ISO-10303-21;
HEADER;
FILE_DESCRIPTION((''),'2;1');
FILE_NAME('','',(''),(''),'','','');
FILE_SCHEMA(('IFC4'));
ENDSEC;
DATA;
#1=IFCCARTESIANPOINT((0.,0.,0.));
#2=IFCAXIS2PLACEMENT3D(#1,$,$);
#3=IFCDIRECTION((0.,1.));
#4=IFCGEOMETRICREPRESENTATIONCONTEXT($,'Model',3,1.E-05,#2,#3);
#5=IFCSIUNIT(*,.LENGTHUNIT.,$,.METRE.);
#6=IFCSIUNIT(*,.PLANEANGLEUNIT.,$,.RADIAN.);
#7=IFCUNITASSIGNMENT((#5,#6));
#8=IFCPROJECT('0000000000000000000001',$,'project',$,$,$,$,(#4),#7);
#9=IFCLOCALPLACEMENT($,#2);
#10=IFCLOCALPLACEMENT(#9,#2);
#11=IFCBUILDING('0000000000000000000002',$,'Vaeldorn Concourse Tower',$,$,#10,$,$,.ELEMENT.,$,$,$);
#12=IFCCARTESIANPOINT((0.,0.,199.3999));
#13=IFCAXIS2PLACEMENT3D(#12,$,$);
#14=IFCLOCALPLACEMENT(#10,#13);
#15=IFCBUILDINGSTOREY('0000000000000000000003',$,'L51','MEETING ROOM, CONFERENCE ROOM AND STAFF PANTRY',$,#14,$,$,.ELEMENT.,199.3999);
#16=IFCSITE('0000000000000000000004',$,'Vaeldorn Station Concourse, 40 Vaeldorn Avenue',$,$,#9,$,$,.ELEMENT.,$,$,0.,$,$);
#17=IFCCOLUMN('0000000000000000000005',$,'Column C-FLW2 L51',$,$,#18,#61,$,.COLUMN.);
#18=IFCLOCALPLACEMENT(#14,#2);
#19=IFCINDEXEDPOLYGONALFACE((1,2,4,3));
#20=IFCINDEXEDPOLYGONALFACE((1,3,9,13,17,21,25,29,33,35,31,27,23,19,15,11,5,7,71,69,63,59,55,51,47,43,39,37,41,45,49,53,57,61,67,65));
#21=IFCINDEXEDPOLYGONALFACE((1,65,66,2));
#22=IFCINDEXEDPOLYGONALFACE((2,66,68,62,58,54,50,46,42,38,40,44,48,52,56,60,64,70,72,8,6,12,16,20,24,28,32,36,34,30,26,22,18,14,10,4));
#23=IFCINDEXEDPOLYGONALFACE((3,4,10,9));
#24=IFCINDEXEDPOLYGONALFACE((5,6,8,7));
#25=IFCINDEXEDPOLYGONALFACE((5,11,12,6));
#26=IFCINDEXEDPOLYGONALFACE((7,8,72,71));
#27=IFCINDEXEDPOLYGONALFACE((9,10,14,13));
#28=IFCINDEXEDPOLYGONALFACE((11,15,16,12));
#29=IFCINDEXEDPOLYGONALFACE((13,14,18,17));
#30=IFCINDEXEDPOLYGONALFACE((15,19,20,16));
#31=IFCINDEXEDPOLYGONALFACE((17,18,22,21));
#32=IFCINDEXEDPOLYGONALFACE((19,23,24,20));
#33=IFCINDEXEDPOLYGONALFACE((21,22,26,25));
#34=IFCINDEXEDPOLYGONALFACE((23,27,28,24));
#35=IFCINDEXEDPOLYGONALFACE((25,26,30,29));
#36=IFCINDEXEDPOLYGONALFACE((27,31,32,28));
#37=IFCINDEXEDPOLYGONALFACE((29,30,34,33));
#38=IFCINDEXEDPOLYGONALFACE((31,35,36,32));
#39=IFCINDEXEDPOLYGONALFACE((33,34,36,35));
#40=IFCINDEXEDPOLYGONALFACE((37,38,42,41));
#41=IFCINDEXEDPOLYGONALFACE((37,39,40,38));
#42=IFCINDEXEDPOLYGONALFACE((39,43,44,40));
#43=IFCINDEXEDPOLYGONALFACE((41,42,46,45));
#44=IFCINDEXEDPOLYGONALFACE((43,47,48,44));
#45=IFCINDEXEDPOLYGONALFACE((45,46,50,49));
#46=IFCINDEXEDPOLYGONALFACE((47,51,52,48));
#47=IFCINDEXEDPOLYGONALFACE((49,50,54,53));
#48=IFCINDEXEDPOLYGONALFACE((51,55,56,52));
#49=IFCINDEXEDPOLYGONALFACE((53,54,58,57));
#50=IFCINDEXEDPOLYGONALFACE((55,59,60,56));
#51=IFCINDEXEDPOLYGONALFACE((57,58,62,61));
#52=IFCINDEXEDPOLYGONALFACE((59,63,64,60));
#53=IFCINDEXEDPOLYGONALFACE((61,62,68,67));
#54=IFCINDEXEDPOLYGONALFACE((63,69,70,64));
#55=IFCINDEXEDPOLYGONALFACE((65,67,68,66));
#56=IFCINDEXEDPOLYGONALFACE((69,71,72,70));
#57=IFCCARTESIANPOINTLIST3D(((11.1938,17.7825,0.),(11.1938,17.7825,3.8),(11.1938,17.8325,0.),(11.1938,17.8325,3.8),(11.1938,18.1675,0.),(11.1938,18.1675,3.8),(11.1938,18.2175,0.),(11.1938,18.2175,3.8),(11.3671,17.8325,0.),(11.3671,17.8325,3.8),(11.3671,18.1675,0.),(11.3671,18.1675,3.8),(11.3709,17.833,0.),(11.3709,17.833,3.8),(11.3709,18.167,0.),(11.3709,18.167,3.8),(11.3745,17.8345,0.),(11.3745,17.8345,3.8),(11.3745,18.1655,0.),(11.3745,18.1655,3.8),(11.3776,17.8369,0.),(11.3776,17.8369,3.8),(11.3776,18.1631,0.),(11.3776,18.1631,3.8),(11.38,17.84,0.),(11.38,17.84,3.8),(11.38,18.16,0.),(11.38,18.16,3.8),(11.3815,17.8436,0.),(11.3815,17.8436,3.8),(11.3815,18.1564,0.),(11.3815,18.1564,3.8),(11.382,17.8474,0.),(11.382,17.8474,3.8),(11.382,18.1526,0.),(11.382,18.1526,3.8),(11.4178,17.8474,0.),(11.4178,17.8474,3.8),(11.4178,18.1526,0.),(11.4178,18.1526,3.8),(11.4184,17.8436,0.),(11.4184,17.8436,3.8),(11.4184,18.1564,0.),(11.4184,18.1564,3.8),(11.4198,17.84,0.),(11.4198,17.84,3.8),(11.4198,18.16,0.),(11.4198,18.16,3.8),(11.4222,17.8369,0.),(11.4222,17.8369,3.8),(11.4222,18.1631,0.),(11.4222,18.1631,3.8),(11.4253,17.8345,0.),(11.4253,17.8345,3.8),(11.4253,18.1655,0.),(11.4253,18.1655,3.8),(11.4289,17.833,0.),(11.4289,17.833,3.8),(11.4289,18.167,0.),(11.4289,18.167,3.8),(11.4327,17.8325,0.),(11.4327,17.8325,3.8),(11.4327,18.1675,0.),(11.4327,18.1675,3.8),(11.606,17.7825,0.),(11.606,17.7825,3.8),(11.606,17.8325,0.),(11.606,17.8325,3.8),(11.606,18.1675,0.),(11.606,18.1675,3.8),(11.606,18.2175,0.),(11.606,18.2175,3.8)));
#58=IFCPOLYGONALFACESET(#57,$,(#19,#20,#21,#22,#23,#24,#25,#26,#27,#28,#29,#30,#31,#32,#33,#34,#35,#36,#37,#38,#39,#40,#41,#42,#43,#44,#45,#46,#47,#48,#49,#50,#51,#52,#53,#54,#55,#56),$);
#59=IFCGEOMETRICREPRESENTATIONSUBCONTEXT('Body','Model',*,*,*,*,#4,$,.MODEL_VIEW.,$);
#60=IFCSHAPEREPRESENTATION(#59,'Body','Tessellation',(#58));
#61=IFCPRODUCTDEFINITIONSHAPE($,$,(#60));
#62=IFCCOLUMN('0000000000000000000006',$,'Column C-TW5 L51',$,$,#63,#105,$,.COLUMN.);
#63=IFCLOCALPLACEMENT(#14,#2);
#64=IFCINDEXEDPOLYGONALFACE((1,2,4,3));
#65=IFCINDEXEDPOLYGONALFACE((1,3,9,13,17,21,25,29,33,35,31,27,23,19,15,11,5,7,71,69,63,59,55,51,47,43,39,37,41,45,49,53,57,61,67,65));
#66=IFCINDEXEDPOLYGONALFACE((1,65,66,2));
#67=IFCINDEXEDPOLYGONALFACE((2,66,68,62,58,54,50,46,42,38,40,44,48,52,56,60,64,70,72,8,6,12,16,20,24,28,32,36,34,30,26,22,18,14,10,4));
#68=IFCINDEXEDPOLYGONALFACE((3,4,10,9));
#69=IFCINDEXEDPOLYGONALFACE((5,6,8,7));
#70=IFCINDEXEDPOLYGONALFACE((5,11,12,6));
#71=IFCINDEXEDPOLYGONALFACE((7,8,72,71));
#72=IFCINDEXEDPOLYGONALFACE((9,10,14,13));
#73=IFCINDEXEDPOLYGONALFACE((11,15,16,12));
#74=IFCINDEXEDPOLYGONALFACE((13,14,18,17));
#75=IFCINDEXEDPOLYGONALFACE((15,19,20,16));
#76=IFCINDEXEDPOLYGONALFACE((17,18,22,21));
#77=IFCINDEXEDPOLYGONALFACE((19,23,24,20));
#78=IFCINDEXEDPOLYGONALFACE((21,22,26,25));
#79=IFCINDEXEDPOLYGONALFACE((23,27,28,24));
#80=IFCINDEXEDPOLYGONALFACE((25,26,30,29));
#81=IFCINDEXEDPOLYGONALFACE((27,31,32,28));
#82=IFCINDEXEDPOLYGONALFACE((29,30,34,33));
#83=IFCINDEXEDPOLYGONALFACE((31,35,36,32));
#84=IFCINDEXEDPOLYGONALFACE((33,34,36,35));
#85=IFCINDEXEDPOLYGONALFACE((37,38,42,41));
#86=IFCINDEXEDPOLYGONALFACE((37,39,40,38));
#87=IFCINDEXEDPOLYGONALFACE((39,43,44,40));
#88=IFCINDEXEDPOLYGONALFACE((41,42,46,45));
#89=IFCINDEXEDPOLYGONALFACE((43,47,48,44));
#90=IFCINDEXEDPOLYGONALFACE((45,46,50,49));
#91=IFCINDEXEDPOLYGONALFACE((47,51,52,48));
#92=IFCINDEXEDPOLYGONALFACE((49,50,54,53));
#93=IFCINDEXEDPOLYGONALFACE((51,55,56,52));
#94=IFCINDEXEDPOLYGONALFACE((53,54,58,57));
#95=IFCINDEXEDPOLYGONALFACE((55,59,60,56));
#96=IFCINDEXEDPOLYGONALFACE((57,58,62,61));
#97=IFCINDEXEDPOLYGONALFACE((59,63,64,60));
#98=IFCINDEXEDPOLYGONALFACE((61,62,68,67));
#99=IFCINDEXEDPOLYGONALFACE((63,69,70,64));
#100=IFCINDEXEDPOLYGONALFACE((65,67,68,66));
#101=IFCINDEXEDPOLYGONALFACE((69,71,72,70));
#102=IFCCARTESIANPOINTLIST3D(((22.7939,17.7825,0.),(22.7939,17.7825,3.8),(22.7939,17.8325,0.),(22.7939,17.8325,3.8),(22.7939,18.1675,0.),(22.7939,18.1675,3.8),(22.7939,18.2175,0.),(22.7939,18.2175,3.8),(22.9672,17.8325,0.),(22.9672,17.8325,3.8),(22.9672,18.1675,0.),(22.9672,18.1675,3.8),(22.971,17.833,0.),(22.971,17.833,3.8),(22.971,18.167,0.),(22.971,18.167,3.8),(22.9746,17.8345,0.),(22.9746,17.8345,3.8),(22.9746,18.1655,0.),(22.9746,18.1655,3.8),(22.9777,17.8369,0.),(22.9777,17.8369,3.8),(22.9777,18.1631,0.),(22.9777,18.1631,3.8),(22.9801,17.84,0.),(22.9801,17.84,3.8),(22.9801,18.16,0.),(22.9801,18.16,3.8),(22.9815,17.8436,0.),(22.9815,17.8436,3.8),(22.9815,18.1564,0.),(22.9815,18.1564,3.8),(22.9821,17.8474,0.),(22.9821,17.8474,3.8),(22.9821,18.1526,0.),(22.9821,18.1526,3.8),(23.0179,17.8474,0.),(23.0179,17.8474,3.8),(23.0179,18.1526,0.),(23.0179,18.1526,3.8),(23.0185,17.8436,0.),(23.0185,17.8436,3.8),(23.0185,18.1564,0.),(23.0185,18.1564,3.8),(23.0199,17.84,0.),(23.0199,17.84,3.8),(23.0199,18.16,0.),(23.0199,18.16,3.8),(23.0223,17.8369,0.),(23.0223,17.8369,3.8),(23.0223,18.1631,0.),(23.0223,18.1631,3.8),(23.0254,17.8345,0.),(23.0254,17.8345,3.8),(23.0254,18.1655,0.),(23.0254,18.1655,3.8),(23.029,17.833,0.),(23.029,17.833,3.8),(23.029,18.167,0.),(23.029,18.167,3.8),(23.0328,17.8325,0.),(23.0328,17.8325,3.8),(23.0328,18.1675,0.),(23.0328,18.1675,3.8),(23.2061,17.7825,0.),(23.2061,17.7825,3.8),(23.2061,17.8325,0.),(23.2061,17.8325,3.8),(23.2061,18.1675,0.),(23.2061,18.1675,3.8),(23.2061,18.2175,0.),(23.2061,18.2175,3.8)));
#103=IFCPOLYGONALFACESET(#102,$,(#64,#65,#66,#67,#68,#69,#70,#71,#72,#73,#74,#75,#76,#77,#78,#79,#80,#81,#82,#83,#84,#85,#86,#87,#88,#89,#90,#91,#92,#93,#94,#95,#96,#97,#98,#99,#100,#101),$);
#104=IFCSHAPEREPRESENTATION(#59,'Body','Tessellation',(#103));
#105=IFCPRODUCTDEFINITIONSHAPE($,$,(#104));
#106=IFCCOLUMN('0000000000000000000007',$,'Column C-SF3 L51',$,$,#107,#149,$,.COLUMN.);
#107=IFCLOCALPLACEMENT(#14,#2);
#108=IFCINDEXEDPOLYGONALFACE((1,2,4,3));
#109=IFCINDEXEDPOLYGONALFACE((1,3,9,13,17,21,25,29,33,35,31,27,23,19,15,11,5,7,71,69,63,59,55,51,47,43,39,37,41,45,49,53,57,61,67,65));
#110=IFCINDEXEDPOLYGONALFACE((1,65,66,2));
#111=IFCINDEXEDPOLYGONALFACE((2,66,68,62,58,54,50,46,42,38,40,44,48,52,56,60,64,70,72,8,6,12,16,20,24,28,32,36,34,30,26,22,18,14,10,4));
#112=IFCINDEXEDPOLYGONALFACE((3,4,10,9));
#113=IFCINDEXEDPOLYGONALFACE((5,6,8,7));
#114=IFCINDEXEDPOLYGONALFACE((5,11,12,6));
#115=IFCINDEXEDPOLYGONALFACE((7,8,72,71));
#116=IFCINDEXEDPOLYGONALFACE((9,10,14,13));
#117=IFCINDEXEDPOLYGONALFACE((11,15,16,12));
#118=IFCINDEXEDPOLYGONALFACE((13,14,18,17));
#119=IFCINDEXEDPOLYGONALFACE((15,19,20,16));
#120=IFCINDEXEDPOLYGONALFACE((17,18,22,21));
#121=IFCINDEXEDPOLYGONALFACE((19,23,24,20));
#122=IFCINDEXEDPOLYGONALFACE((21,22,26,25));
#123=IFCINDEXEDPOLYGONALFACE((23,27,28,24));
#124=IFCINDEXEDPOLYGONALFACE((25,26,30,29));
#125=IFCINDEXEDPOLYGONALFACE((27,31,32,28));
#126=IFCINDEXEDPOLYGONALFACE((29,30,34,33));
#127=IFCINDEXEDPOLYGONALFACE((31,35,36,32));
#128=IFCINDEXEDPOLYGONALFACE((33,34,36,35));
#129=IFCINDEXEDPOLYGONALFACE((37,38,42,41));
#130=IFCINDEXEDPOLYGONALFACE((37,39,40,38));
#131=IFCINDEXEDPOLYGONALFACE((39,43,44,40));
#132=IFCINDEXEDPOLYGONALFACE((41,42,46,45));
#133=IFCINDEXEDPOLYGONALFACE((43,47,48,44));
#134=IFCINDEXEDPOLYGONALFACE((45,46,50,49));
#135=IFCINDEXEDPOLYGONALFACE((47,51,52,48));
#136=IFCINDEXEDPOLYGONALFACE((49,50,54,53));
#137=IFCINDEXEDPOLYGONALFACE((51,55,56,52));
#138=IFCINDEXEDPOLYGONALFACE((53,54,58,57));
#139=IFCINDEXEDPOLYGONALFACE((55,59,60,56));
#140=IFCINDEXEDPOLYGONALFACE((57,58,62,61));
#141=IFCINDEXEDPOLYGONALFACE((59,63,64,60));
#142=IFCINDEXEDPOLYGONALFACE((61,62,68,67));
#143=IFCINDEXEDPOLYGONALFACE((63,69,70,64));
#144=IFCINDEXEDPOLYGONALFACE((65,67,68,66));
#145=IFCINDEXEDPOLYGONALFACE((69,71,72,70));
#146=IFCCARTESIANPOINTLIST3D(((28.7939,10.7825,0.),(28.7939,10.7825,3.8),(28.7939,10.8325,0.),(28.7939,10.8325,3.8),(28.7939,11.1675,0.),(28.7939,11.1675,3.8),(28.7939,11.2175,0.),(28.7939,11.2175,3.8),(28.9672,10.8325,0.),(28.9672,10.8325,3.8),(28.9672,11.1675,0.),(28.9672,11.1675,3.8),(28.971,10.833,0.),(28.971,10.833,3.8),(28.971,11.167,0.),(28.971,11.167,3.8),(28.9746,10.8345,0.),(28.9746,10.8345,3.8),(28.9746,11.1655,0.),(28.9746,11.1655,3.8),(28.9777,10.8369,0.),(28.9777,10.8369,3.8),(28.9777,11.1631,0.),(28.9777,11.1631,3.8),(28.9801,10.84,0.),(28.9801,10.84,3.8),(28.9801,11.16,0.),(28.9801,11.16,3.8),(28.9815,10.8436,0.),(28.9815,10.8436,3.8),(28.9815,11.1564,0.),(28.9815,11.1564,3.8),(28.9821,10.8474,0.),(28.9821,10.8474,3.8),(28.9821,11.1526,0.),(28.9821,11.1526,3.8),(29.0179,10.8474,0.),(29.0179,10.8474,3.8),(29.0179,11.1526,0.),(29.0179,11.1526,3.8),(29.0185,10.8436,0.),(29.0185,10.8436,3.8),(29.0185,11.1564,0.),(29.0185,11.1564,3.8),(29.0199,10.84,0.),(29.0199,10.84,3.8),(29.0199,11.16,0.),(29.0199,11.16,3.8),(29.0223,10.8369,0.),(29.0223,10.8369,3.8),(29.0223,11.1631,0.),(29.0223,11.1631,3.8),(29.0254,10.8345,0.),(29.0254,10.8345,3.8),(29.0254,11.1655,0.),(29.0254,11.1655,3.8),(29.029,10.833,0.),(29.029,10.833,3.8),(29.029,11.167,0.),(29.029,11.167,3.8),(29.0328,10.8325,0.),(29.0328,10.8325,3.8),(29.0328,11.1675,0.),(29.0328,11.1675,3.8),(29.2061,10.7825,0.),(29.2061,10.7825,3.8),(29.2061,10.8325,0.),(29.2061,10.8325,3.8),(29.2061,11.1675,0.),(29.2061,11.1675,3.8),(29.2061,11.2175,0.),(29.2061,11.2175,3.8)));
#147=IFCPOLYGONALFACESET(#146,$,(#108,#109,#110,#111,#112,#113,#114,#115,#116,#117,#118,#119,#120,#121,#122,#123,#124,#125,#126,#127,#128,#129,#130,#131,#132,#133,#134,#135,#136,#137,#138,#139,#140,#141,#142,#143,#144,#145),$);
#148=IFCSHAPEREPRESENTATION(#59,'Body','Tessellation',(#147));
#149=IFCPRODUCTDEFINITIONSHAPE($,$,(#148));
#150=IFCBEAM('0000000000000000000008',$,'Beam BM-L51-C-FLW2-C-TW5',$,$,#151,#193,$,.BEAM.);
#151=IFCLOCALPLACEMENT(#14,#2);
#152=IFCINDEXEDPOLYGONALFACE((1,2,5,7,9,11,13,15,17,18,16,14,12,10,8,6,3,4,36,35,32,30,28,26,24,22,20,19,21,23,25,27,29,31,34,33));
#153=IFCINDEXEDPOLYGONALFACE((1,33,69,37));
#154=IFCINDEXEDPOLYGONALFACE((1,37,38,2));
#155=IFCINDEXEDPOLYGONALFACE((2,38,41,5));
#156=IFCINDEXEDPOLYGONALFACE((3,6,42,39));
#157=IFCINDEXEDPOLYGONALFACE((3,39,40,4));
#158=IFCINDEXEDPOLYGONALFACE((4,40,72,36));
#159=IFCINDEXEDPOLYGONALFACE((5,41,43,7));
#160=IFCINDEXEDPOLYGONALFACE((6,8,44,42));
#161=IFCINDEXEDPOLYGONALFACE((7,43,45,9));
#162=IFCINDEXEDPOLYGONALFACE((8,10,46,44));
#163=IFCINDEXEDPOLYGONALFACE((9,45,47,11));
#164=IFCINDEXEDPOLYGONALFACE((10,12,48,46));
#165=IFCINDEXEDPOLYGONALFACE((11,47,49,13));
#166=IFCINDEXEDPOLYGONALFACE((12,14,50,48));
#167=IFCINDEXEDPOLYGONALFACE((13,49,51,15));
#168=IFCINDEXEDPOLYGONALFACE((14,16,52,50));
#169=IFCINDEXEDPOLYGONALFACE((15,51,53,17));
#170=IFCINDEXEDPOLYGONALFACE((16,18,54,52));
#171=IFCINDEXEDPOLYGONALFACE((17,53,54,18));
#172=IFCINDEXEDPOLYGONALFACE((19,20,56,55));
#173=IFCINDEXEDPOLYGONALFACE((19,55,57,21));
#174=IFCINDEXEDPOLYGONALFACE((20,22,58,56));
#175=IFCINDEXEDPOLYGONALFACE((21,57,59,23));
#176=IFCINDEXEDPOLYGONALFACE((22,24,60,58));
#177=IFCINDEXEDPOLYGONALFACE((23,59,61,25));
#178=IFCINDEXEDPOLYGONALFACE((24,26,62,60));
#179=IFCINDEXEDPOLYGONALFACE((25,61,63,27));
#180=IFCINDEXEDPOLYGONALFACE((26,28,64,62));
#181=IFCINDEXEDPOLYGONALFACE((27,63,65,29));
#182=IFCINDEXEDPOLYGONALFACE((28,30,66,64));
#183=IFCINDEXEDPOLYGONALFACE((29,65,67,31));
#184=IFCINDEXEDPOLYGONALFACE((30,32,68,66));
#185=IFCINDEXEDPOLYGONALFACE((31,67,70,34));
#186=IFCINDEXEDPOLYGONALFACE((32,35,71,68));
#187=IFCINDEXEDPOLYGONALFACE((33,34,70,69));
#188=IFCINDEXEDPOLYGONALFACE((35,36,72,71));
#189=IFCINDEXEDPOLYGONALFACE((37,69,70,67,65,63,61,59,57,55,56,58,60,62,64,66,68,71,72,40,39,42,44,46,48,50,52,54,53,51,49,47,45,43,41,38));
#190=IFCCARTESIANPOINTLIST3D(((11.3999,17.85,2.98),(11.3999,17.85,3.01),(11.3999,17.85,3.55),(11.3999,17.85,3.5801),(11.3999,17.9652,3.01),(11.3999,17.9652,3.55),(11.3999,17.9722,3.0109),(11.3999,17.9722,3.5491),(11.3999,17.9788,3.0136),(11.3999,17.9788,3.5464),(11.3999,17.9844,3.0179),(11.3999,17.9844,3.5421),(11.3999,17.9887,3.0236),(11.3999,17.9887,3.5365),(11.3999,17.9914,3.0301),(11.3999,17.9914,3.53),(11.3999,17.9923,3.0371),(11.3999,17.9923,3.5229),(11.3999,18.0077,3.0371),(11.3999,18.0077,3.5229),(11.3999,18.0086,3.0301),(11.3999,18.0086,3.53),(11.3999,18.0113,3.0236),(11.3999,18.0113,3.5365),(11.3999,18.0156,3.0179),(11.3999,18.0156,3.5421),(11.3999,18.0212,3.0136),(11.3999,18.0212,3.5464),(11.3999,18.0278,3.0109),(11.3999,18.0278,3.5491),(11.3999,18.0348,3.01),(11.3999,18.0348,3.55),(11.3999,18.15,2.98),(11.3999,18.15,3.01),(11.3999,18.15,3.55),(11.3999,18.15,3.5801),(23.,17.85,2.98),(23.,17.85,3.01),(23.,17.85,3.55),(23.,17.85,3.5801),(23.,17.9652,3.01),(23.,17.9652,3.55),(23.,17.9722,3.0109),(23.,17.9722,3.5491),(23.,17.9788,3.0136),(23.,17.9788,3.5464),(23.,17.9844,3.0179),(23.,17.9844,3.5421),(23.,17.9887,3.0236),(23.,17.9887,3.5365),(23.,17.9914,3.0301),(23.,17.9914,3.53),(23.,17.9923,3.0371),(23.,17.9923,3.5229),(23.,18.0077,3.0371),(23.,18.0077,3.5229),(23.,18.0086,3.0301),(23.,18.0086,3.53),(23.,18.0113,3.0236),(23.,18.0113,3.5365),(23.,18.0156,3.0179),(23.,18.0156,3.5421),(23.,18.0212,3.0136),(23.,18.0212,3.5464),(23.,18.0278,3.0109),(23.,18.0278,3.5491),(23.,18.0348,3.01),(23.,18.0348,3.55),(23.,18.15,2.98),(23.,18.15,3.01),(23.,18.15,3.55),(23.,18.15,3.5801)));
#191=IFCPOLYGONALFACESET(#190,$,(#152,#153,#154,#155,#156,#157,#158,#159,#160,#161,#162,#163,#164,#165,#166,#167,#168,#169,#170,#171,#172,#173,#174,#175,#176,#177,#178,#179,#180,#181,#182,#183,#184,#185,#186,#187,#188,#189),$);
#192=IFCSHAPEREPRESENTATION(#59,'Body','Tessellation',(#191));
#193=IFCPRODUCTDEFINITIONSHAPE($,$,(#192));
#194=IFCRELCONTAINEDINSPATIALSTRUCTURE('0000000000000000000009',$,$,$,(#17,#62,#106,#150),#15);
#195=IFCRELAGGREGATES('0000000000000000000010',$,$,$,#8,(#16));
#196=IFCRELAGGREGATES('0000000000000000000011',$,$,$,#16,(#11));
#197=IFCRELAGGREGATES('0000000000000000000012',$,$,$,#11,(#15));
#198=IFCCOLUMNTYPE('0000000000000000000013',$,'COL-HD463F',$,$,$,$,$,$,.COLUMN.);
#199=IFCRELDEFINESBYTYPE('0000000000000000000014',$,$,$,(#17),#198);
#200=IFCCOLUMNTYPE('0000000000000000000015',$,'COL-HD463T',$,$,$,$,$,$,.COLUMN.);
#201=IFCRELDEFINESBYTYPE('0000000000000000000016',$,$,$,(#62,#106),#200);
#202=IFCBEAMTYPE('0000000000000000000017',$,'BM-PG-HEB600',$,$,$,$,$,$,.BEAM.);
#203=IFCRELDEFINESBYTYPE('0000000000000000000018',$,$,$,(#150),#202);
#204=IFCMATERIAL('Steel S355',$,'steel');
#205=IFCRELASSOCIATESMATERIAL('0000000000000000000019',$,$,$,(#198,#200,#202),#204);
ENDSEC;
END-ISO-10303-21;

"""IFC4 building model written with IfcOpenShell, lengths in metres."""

from ifc_helpers import new_model, si_unit, direction, frame, origin, origin_2d, place, context, subcontext, project, spatial, i_section, extrude, source, transform, mapped, material, material_profile, profile_set, type_object, element, save


model = new_model("IFC4")

# Units and contexts
model_context = context("Model", 3, precision=1e-05, world=origin(), true_north=direction((0.0, 1.0)))
body_context = subcontext(model_context, "Body", "Model", "MODEL_VIEW")
ifc_project = project(units=[si_unit("LENGTHUNIT", "METRE"), si_unit("PLANEANGLEUNIT", "RADIAN")], contexts=[model_context])

# Site, building, storey
site_placement = place(None, origin())
site = spatial("IfcSite", under=ifc_project, at=site_placement, Name="Vaeldorn Station Concourse, 40 Vaeldorn Avenue", CompositionType="ELEMENT", RefElevation=0.0)
building_placement = place(site_placement, origin())
building = spatial("IfcBuilding", under=site, at=building_placement, Name="Vaeldorn Concourse Tower", CompositionType="ELEMENT")
storey_placement = place(building_placement, frame((0.0, 0.0, 199.3999)))
storey = spatial("IfcBuildingStorey", under=building, at=storey_placement, Name="L51", Description="MEETING ROOM, CONFERENCE ROOM AND STAFF PANTRY", CompositionType="ELEMENT", Elevation=199.3999)

# Columns
ifc_material_1 = material(Name="Steel S355", Category="steel")
ifc_material_profile_1 = material_profile(ifc_material_1, i_section(OverallWidth=0.4121, OverallDepth=0.4351, WebThickness=0.0359, FlangeThickness=0.05, FilletRadius=0.0149, at=origin_2d()), Name="HD 400x463")
ifc_profile_set_1 = profile_set([ifc_material_profile_1], Name="Steel S355")
column_type_1 = type_object("IfcColumnType", Name="COL-HD463F", PredefinedType="COLUMN", material=ifc_profile_set_1)
shared_shape_1 = source(origin(), body_context, "Body", "SweptSolid", [
    extrude(i_section(OverallWidth=0.4121, OverallDepth=0.4351, WebThickness=0.0359, FlangeThickness=0.05, FilletRadius=0.0149, at=origin_2d()), origin(), (0.0, 0.0, 1.0), 3.8),
])
column_placement = place(storey_placement, frame((11.3999, 18.0, 0.0), z_axis=(0.0, 0.0, 1.0), x_axis=(1.0, 0.0, 0.0)))
element("IfcColumn", 1, at=column_placement, inside=storey, type_object=column_type_1, Name="Column C-FLW2 L51", PredefinedType="COLUMN", context=body_context, shape_type="MappedRepresentation", body=[
    mapped(shared_shape_1, transform((0.0, 0.0, 0.0), scale=1.0)),
])
ifc_material_profile_2 = material_profile(ifc_material_1, i_section(OverallWidth=0.4121, OverallDepth=0.4351, WebThickness=0.0359, FlangeThickness=0.05, FilletRadius=0.0149, at=origin_2d()), Name="HD 400x463")
ifc_profile_set_2 = profile_set([ifc_material_profile_2], Name="Steel S355")
column_type_2 = type_object("IfcColumnType", Name="COL-HD463T", PredefinedType="COLUMN", material=ifc_profile_set_2)
shared_shape_2 = source(origin(), body_context, "Body", "SweptSolid", [
    extrude(i_section(OverallWidth=0.4121, OverallDepth=0.4351, WebThickness=0.0359, FlangeThickness=0.05, FilletRadius=0.0149, at=origin_2d()), origin(), (0.0, 0.0, 1.0), 3.8),
])
for number, where, z_axis, x_axis, name in (
    (2, (23.0, 18.0, 0.0), (0.0, 0.0, 1.0), (1.0, 0.0, 0.0), "Column C-TW5 L51"),
    (3, (29.0, 11.0, 0.0), (0.0, 0.0, 1.0), (1.0, 0.0, 0.0), "Column C-SF3 L51"),
):
    element("IfcColumn", number, at=place(storey_placement, frame(where, z_axis=z_axis, x_axis=x_axis)), inside=storey, type_object=column_type_2, Name=name, PredefinedType="COLUMN", context=body_context, shape_type="MappedRepresentation", body=[
        mapped(shared_shape_2, transform((0.0, 0.0, 0.0), scale=1.0)),
    ])

# Beam
ifc_material_profile_3 = material_profile(ifc_material_1, i_section(OverallWidth=0.3, OverallDepth=0.6001, WebThickness=0.0154, FlangeThickness=0.03, FilletRadius=0.0271, at=origin_2d()), Name="HEB 600")
ifc_profile_set_3 = profile_set([ifc_material_profile_3], Name="Steel S355")
beam_type_1 = type_object("IfcBeamType", Name="BM-PG-HEB600", PredefinedType="BEAM", material=ifc_profile_set_3)
shared_shape_3 = source(origin(), body_context, "Body", "SweptSolid", [
    extrude(i_section(OverallWidth=0.3, OverallDepth=0.6001, WebThickness=0.0154, FlangeThickness=0.03, FilletRadius=0.0271, at=origin_2d()), origin(), (0.0, 0.0, 1.0), 11.6001),
])
beam_1_placement = place(storey_placement, frame((11.3999, 18.0, 3.28), z_axis=(1.0, 0.0, 0.0), x_axis=(0.0, 1.0, 0.0)))
element("IfcBeam", 4, at=beam_1_placement, inside=storey, type_object=beam_type_1, Name="Beam BM-L51-C-FLW2-C-TW5", PredefinedType="BEAM", context=body_context, shape_type="MappedRepresentation", body=[
    mapped(shared_shape_3, transform((0.0, 0.0, 0.0), scale=1.0)),
])

save(model, "model.ifc")
